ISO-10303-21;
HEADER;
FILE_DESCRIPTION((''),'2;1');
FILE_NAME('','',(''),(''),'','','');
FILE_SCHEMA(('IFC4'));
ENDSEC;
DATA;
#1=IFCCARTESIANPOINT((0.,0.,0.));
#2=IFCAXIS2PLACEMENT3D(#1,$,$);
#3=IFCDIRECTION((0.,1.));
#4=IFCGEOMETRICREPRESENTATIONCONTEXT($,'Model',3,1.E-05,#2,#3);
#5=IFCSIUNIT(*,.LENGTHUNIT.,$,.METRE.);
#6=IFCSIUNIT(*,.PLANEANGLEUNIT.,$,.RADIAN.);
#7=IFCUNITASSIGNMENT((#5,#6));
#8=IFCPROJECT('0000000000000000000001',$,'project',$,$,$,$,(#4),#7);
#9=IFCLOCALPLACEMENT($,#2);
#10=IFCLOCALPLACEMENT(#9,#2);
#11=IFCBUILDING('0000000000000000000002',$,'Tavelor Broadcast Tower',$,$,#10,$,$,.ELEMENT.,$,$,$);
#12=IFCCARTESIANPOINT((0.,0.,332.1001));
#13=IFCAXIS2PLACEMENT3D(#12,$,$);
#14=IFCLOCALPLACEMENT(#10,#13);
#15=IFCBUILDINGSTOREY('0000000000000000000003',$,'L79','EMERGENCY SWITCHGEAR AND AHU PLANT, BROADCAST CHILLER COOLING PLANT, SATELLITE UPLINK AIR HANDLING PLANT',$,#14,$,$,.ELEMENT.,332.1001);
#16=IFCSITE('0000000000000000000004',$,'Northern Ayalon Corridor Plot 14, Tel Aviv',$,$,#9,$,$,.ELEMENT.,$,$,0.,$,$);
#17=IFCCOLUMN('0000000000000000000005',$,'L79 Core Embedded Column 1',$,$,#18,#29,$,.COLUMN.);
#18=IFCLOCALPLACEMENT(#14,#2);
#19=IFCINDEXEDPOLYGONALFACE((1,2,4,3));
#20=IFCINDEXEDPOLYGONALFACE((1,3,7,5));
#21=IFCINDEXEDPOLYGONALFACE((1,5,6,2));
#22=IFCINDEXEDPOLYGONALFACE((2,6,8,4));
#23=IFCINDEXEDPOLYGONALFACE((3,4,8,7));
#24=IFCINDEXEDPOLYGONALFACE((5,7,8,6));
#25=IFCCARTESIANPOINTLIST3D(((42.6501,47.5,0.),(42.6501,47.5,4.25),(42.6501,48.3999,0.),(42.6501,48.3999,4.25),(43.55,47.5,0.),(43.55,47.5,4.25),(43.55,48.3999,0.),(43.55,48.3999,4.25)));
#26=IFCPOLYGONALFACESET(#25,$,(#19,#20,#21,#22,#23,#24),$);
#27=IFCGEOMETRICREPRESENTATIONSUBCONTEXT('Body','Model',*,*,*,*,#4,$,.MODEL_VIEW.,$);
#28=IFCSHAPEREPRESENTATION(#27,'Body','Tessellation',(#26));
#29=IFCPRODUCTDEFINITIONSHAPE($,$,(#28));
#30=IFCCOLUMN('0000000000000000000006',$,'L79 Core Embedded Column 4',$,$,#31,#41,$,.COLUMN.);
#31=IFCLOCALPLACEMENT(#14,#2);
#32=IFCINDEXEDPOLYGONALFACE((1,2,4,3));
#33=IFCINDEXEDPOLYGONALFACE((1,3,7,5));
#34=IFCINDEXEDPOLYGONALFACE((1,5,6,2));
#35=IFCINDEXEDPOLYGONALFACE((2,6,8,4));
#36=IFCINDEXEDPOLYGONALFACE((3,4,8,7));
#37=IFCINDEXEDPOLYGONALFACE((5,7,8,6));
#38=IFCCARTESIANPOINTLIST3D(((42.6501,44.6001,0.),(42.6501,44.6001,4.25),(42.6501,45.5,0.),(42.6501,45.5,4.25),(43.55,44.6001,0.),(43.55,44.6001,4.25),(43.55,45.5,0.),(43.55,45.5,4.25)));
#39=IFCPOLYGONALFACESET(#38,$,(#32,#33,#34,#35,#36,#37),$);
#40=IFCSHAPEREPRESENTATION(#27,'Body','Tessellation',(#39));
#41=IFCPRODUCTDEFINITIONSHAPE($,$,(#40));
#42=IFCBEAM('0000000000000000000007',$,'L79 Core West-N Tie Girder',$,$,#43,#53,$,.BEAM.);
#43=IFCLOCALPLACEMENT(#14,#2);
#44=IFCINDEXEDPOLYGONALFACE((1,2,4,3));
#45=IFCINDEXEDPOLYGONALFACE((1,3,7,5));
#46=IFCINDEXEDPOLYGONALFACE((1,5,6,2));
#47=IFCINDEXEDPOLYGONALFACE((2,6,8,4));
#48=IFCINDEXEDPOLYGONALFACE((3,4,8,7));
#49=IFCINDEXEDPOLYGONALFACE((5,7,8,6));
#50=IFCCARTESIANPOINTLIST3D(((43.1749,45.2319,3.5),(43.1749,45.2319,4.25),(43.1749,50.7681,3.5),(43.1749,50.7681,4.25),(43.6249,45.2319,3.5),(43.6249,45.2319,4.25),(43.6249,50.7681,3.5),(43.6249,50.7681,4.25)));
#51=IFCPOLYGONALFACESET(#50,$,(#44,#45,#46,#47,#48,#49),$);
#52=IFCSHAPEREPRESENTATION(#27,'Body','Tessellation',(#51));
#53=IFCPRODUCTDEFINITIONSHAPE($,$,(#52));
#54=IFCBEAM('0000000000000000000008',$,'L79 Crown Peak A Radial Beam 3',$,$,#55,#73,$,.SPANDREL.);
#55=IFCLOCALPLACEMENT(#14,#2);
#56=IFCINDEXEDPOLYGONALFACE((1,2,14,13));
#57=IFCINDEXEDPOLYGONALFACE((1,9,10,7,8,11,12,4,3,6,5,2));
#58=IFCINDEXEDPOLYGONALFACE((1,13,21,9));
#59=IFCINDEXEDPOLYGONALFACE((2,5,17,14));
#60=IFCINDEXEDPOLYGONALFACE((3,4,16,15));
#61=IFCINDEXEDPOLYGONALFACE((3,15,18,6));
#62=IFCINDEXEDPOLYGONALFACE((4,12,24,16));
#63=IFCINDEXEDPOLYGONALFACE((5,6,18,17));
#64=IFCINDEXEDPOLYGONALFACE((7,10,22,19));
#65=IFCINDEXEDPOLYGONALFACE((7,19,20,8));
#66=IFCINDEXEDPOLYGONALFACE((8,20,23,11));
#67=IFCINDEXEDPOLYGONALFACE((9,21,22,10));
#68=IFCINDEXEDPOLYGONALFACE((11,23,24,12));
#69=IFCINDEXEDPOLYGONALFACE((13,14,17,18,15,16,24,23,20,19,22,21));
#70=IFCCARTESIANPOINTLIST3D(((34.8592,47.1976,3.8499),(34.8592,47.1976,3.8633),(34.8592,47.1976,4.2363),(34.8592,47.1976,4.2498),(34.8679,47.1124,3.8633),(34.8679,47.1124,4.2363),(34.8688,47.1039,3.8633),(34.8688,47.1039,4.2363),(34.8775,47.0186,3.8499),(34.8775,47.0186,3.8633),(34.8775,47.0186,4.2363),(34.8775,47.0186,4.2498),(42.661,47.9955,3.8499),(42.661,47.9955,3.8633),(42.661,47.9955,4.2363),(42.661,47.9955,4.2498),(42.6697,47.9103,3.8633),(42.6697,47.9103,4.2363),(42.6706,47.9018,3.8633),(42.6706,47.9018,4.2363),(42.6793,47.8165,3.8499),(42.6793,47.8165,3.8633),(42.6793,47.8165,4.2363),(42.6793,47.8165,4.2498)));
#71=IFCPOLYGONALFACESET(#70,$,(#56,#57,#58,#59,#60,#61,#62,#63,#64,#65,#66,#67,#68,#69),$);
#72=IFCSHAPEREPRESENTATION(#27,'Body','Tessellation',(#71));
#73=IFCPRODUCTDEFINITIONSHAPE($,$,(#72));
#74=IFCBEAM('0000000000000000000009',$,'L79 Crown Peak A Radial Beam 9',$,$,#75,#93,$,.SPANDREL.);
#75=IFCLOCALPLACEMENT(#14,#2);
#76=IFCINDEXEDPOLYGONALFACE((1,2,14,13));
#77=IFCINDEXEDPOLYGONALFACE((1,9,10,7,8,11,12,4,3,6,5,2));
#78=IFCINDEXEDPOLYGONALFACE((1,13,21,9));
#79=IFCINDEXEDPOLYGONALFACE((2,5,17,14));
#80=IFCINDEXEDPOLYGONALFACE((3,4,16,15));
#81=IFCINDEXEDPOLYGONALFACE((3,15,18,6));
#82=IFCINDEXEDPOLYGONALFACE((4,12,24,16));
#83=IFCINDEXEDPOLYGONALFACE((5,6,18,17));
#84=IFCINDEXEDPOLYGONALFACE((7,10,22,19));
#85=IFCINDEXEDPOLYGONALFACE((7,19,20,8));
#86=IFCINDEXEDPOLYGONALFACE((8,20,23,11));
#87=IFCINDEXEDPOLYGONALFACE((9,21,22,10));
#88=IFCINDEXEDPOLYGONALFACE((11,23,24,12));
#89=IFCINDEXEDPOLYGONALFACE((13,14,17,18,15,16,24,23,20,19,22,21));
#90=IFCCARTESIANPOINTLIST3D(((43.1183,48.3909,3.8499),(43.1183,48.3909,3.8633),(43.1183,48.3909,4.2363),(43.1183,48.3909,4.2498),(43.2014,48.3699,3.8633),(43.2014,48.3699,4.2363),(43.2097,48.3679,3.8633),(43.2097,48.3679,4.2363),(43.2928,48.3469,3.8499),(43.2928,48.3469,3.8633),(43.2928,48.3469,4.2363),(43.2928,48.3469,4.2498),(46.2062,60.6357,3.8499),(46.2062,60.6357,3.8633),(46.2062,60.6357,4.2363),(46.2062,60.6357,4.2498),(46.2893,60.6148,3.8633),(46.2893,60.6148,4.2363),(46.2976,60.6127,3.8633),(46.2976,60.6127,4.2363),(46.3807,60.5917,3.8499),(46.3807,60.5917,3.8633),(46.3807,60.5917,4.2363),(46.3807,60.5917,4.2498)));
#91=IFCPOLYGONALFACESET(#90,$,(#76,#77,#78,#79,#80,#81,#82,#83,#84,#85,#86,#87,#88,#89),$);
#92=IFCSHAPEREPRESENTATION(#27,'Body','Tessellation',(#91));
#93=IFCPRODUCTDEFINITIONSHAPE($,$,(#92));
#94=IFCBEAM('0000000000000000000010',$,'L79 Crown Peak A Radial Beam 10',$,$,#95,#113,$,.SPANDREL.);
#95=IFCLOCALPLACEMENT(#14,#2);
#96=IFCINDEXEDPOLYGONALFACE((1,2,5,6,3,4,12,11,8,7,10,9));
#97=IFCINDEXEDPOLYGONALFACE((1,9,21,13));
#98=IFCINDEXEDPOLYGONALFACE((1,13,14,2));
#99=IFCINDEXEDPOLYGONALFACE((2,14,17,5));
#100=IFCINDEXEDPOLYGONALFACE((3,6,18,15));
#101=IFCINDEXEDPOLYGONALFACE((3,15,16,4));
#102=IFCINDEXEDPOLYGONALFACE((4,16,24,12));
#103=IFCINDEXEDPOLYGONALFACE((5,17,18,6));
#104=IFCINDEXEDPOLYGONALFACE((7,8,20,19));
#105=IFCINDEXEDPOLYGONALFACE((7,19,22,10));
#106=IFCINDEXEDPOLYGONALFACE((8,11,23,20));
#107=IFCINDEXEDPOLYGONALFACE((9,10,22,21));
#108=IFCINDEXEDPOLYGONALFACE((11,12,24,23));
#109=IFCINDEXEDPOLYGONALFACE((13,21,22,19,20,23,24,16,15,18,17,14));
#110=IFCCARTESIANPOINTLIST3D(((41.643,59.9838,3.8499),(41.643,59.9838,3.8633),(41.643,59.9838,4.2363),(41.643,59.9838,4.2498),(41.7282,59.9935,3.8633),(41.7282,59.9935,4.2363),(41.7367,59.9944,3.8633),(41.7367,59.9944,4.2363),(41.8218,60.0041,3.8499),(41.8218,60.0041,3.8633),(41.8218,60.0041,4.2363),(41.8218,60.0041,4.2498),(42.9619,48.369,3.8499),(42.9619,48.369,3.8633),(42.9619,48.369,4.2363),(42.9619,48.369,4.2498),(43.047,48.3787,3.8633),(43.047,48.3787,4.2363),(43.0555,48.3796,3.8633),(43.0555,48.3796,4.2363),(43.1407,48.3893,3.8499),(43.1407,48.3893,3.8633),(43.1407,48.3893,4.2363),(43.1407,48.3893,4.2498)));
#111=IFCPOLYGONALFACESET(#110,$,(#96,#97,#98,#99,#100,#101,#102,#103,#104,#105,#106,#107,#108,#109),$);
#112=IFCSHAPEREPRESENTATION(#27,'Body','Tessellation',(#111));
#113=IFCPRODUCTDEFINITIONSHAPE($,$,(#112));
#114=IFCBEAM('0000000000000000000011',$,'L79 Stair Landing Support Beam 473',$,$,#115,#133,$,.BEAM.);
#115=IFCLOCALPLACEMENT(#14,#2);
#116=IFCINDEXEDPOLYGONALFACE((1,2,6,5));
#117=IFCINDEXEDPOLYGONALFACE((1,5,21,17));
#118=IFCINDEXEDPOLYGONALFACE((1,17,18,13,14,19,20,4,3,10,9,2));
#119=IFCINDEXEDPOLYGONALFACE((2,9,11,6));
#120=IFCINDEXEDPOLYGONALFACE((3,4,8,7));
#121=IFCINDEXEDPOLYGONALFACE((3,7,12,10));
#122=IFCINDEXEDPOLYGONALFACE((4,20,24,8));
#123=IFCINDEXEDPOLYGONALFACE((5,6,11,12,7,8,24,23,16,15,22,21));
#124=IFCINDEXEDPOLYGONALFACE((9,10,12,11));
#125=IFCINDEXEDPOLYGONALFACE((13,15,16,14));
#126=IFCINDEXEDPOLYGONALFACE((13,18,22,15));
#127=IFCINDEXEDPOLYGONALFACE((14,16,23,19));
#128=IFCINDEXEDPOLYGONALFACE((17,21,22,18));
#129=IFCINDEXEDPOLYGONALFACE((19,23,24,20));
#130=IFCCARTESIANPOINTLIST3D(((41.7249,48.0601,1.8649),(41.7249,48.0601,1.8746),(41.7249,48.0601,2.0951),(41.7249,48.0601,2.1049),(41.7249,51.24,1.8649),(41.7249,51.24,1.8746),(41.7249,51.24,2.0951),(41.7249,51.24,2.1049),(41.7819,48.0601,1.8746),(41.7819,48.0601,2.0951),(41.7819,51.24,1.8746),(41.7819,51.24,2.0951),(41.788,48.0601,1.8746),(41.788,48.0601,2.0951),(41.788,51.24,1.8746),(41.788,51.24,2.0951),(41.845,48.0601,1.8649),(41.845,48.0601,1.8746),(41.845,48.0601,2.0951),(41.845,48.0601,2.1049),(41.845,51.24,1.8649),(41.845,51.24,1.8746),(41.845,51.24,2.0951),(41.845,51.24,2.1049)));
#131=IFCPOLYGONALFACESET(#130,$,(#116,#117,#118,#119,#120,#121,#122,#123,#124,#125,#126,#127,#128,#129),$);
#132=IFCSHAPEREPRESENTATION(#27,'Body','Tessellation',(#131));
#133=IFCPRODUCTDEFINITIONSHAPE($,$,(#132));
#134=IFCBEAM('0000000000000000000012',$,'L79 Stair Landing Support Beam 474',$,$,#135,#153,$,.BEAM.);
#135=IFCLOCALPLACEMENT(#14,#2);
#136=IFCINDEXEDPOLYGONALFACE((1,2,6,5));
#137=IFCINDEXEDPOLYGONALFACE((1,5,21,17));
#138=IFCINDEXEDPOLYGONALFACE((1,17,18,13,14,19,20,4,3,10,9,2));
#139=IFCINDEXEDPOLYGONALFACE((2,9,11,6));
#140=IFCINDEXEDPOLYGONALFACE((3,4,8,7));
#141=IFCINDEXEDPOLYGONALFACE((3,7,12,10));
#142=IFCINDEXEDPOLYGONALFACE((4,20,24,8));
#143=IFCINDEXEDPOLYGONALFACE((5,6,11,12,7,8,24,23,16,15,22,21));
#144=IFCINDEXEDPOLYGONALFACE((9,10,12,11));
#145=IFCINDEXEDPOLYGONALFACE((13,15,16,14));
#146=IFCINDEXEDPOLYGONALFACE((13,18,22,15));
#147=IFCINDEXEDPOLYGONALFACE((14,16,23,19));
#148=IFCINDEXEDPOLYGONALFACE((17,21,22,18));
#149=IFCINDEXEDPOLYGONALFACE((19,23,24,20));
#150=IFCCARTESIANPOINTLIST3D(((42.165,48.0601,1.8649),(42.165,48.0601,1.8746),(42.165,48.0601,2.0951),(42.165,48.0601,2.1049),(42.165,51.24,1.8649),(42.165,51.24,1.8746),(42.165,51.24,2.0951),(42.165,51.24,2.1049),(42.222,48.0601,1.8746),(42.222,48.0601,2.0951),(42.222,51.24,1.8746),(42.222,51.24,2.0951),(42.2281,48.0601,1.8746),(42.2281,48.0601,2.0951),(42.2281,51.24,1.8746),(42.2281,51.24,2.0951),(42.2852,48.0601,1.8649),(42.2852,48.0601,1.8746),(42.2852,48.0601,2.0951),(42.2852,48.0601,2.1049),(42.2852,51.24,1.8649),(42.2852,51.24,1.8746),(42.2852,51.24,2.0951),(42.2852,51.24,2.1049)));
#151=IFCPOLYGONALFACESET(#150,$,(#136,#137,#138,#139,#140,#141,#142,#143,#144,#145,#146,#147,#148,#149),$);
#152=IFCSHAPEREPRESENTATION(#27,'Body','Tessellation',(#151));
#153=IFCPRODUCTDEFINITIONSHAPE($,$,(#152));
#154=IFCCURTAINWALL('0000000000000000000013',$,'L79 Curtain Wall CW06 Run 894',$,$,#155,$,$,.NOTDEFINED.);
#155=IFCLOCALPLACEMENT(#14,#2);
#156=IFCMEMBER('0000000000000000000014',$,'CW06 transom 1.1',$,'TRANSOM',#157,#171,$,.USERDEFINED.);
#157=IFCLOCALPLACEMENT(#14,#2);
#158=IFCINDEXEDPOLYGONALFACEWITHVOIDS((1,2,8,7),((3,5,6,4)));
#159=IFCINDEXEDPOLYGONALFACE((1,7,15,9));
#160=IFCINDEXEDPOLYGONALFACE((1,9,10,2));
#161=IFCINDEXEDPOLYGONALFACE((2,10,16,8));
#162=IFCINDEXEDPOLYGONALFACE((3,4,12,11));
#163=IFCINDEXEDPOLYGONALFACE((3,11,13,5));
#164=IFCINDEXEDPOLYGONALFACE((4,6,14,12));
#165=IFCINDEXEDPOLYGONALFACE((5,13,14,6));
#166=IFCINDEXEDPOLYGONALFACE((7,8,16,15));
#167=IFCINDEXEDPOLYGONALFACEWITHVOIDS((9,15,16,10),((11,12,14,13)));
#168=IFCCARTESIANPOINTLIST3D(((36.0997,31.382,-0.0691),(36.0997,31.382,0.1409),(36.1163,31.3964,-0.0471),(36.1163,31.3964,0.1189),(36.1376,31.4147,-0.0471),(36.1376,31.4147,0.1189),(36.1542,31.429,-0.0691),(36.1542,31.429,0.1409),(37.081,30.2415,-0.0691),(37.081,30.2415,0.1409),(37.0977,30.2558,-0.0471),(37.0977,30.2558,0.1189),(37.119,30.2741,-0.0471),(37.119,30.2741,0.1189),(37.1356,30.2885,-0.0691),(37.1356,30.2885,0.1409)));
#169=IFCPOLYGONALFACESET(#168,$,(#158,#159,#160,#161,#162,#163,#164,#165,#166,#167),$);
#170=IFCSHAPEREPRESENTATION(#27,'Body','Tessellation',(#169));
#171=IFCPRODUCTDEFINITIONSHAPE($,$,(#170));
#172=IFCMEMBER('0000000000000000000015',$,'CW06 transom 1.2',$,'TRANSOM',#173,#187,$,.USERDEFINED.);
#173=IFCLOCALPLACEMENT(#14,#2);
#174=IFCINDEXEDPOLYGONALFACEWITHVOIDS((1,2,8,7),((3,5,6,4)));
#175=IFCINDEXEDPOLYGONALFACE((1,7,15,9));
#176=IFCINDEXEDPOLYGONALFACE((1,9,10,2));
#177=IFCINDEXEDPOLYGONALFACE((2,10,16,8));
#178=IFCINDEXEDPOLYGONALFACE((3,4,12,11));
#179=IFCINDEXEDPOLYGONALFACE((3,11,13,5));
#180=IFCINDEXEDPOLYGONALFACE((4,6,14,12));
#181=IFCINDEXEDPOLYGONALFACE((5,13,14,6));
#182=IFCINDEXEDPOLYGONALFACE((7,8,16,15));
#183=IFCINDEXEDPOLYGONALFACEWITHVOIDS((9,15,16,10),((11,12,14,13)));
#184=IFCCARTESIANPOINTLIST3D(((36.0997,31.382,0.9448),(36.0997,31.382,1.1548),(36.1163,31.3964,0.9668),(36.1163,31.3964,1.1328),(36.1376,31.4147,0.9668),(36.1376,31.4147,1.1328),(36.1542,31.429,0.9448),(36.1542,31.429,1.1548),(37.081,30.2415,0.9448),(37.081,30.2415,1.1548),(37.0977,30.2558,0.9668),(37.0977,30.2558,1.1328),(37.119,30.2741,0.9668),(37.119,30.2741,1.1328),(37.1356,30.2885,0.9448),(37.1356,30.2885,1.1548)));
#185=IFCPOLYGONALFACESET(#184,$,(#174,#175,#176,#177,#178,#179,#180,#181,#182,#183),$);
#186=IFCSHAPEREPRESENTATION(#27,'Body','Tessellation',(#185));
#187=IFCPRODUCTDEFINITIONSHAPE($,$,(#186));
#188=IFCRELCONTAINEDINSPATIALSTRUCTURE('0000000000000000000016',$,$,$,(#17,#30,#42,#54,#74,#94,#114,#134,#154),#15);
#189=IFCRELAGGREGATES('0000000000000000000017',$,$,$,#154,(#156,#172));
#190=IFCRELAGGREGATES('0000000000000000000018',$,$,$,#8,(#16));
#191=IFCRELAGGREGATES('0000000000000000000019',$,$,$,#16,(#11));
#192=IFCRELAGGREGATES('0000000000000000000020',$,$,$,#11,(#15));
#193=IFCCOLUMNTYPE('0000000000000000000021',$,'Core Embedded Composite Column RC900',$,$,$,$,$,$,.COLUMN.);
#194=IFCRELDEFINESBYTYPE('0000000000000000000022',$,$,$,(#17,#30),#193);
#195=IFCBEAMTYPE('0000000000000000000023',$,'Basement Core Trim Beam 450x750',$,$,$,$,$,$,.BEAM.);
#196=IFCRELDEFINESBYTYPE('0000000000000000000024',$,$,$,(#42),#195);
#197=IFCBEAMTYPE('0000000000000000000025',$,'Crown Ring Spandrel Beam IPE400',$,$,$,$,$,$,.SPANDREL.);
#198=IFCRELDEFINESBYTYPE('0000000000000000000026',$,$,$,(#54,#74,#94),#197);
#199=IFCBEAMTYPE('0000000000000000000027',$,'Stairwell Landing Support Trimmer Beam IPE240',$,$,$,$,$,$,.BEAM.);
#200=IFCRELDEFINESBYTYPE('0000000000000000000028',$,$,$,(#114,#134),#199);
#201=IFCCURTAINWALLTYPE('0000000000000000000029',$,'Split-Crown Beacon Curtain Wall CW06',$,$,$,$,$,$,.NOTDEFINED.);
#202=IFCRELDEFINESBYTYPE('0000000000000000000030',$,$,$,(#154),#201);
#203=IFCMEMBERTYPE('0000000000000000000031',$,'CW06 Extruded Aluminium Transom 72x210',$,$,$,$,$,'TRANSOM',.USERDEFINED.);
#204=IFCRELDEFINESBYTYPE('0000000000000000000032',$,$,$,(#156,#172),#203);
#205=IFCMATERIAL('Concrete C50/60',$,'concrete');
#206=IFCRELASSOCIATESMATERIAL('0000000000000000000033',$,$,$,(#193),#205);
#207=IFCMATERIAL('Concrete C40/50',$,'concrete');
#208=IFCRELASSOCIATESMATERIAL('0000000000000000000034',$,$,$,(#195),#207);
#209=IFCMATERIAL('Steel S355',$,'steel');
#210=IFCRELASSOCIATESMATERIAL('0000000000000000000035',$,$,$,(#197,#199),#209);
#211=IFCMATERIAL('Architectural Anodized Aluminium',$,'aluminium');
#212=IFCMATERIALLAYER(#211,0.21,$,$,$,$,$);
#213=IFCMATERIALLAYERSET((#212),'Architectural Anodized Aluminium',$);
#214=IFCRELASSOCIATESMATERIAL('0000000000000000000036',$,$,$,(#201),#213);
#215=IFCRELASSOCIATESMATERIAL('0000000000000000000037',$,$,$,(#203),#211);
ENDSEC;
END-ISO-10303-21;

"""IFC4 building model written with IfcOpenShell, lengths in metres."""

from ifc_helpers import new_model, si_unit, direction, frame, origin, origin_2d, place, context, subcontext, project, spatial, rectangle, hollow_rectangle, i_section, extrude, source, transform, mapped, material, layer, layer_set, material_profile, profile_set, type_object, type_shapes, element, aggregate, save


model = new_model("IFC4")

# Units and contexts
model_context = context("Model", 3, precision=1e-05, world=origin(), true_north=direction((0.0, 1.0)))
body_context = subcontext(model_context, "Body", "Model", "MODEL_VIEW")
ifc_project = project(units=[si_unit("LENGTHUNIT", "METRE"), si_unit("PLANEANGLEUNIT", "RADIAN")], contexts=[model_context])

# Site, building, storey
site_placement = place(None, origin())
site = spatial("IfcSite", under=ifc_project, at=site_placement, Name="Northern Ayalon Corridor Plot 14, Tel Aviv", CompositionType="ELEMENT", RefElevation=0.0)
building_placement = place(site_placement, origin())
building = spatial("IfcBuilding", under=site, at=building_placement, Name="Tavelor Broadcast Tower", CompositionType="ELEMENT")
storey_placement = place(building_placement, frame((0.0, 0.0, 332.1001)))
storey = spatial("IfcBuildingStorey", under=building, at=storey_placement, Name="L79", Description="EMERGENCY SWITCHGEAR AND AHU PLANT, BROADCAST CHILLER COOLING PLANT, SATELLITE UPLINK AIR HANDLING PLANT", CompositionType="ELEMENT", Elevation=332.1001)

# Columns
ifc_material_1 = material(Name="Concrete C50/60", Category="concrete")
ifc_material_profile_1 = material_profile(ifc_material_1, rectangle(XDim=0.8999, YDim=0.8999, at=origin_2d()), Name="RC 900x900")
ifc_profile_set_1 = profile_set([ifc_material_profile_1], Name="Concrete C50/60")
column_type = type_object("IfcColumnType", Name="Core Embedded Composite Column RC900", PredefinedType="COLUMN", material=ifc_profile_set_1)
for number, where, z_axis, x_axis, name in (
    (1, (43.1001, 47.95, 0.0), (0.0, 0.0, 1.0), (1.0, 0.0, 0.0), "L79 Core Embedded Column 1"),
    (2, (43.1001, 45.05, 0.0), (0.0, 0.0, 1.0), (1.0, 0.0, 0.0), "L79 Core Embedded Column 4"),
):
    element("IfcColumn", number, at=place(storey_placement, frame(where, z_axis=z_axis, x_axis=x_axis)), inside=storey, type_object=column_type, Name=name, PredefinedType="COLUMN", context=body_context, shape_type="SweptSolid", body=[
        extrude(rectangle(XDim=0.8999, YDim=0.8999, at=origin_2d()), origin(), (0.0, 0.0, 1.0), 4.25),
    ])

# Beams
ifc_material_2 = material(Name="Concrete C40/50", Category="concrete")
ifc_material_profile_2 = material_profile(ifc_material_2, rectangle(XDim=0.45, YDim=0.75, at=origin_2d()), Name="RC 450x750")
ifc_profile_set_2 = profile_set([ifc_material_profile_2], Name="Concrete C40/50")
beam_type_1 = type_object("IfcBeamType", Name="Basement Core Trim Beam 450x750", PredefinedType="BEAM", material=ifc_profile_set_2)
beam_1_placement = place(storey_placement, frame((43.3999, 45.2319, 3.875), z_axis=(0.0, 1.0, 0.0), x_axis=(-1.0, 0.0, 0.0)))
element("IfcBeam", 3, at=beam_1_placement, inside=storey, type_object=beam_type_1, Name="L79 Core West-N Tie Girder", PredefinedType="BEAM", context=body_context, shape_type="SweptSolid", body=[
    extrude(rectangle(XDim=0.45, YDim=0.75, at=origin_2d()), origin(), (0.0, 0.0, 1.0), 5.5361),
])
ifc_material_3 = material(Name="Steel S355", Category="steel")
ifc_material_profile_3 = material_profile(ifc_material_3, i_section(OverallWidth=0.1799, OverallDepth=0.3999, WebThickness=0.0085, FlangeThickness=0.0134, at=origin_2d()), Name="IPE 400")
ifc_profile_set_3 = profile_set([ifc_material_profile_3], Name="Steel S355")
beam_type_2 = type_object("IfcBeamType", Name="Crown Ring Spandrel Beam IPE400", PredefinedType="SPANDREL", material=ifc_profile_set_3)
beam_2_placement = place(storey_placement, frame((42.6702, 47.906, 4.0498), z_axis=(-0.994812, -0.101735, 0.0), x_axis=(0.101735, -0.994812, 0.0)))
element("IfcBeam", 4, at=beam_2_placement, inside=storey, type_object=beam_type_2, Name="L79 Crown Peak A Radial Beam 3", PredefinedType="SPANDREL", context=body_context, shape_type="SweptSolid", body=[
    extrude(i_section(OverallWidth=0.1799, OverallDepth=0.3999, WebThickness=0.0085, FlangeThickness=0.0134, at=origin_2d()), origin(), (0.0, 0.0, 1.0), 7.8425),
])
beam_3_placement = place(storey_placement, frame((43.2056, 48.3689, 4.0498), z_axis=(0.244523, 0.969643, 0.0), x_axis=(-0.969643, 0.244523, 0.0)))
element("IfcBeam", 5, at=beam_3_placement, inside=storey, type_object=beam_type_2, Name="L79 Crown Peak A Radial Beam 9", PredefinedType="SPANDREL", context=body_context, shape_type="SweptSolid", body=[
    extrude(i_section(OverallWidth=0.1799, OverallDepth=0.3999, WebThickness=0.0085, FlangeThickness=0.0134, at=origin_2d()), origin(), (0.0, 0.0, 1.0), 12.6282),
])
beam_4_placement = place(storey_placement, frame((43.0513, 48.3792, 4.0498), z_axis=(-0.112824, 0.993615, 0.0), x_axis=(-0.993615, -0.112824, 0.0)))
element("IfcBeam", 6, at=beam_4_placement, inside=storey, type_object=beam_type_2, Name="L79 Crown Peak A Radial Beam 10", PredefinedType="SPANDREL", context=body_context, shape_type="SweptSolid", body=[
    extrude(i_section(OverallWidth=0.1799, OverallDepth=0.3999, WebThickness=0.0085, FlangeThickness=0.0134, at=origin_2d()), origin(), (0.0, 0.0, 1.0), 11.6895),
])
ifc_material_profile_4 = material_profile(ifc_material_3, i_section(OverallWidth=0.1201, OverallDepth=0.24, WebThickness=0.0061, FlangeThickness=0.0098, at=origin_2d()), Name="IPE 240")
ifc_profile_set_4 = profile_set([ifc_material_profile_4], Name="Steel S355")
beam_type_3 = type_object("IfcBeamType", Name="Stairwell Landing Support Trimmer Beam IPE240", PredefinedType="BEAM", material=ifc_profile_set_4)
for number, where, z_axis, x_axis, name in (
    (7, (41.7849, 48.0601, 1.9849), (0.0, 1.0, 0.0), (-1.0, 0.0, 0.0), "L79 Stair Landing Support Beam 473"),
    (8, (42.2251, 48.0601, 1.9849), (0.0, 1.0, 0.0), (-1.0, 0.0, 0.0), "L79 Stair Landing Support Beam 474"),
):
    element("IfcBeam", number, at=place(storey_placement, frame(where, z_axis=z_axis, x_axis=x_axis)), inside=storey, type_object=beam_type_3, Name=name, PredefinedType="BEAM", context=body_context, shape_type="SweptSolid", body=[
        extrude(i_section(OverallWidth=0.1201, OverallDepth=0.24, WebThickness=0.0061, FlangeThickness=0.0098, at=origin_2d()), origin(), (0.0, 0.0, 1.0), 3.1799),
    ])

# Curtain wall, members
ifc_material_4 = material(Name="Architectural Anodized Aluminium", Category="aluminium")
ifc_layer_1 = layer(ifc_material_4, 0.21)
ifc_layer_set_1 = layer_set([ifc_layer_1], Name="Architectural Anodized Aluminium")
curtain_wall_type = type_object("IfcCurtainWallType", Name="Split-Crown Beacon Curtain Wall CW06", PredefinedType="NOTDEFINED", material=ifc_layer_set_1)
curtain_wall_placement = place(storey_placement, origin())
curtain_wall = element("IfcCurtainWall", 9, at=curtain_wall_placement, inside=storey, type_object=curtain_wall_type, Name="L79 Curtain Wall CW06 Run 894", PredefinedType="NOTDEFINED")
ifc_material_profile_5 = material_profile(ifc_material_4, hollow_rectangle(XDim=0.072, YDim=0.21, WallThickness=0.022, at=origin_2d()), Name="RHS 72x210x22")
ifc_profile_set_5 = profile_set([ifc_material_profile_5], Name="Architectural Anodized Aluminium")
member_type = type_object("IfcMemberType", Name="CW06 Extruded Aluminium Transom 72x210", ElementType="TRANSOM", PredefinedType="USERDEFINED", material=ifc_profile_set_5)
shared_shape_1 = source(origin(), body_context, "Body", "SweptSolid", [
    extrude(hollow_rectangle(XDim=0.072, YDim=0.21, WallThickness=0.022, at=origin_2d()), origin(), (0.0, 0.0, 1.0), 1.5046),
])
type_shapes(member_type, [shared_shape_1])
member_1_placement = place(storey_placement, frame((36.127, 31.4055, 0.0359), z_axis=(0.652233, -0.758018, 0.0), x_axis=(0.758018, 0.652233, 0.0)))
member_1 = element("IfcMember", 10, at=member_1_placement, type_object=member_type, Name="CW06 transom 1.1", ObjectType="TRANSOM", PredefinedType="USERDEFINED", context=body_context, shape_type="MappedRepresentation", body=[
    mapped(shared_shape_1, transform((0.0, 0.0, 0.0), scale=1.0)),
])
member_2_placement = place(storey_placement, frame((36.127, 31.4055, 1.0498), z_axis=(0.652233, -0.758018, 0.0), x_axis=(0.758018, 0.652233, 0.0)))
member_2 = element("IfcMember", 11, at=member_2_placement, type_object=member_type, Name="CW06 transom 1.2", ObjectType="TRANSOM", PredefinedType="USERDEFINED", context=body_context, shape_type="MappedRepresentation", body=[
    mapped(shared_shape_1, transform((0.0, 0.0, 0.0), scale=1.0)),
])
aggregate(curtain_wall, [member_1, member_2])

save(model, "model.ifc")
